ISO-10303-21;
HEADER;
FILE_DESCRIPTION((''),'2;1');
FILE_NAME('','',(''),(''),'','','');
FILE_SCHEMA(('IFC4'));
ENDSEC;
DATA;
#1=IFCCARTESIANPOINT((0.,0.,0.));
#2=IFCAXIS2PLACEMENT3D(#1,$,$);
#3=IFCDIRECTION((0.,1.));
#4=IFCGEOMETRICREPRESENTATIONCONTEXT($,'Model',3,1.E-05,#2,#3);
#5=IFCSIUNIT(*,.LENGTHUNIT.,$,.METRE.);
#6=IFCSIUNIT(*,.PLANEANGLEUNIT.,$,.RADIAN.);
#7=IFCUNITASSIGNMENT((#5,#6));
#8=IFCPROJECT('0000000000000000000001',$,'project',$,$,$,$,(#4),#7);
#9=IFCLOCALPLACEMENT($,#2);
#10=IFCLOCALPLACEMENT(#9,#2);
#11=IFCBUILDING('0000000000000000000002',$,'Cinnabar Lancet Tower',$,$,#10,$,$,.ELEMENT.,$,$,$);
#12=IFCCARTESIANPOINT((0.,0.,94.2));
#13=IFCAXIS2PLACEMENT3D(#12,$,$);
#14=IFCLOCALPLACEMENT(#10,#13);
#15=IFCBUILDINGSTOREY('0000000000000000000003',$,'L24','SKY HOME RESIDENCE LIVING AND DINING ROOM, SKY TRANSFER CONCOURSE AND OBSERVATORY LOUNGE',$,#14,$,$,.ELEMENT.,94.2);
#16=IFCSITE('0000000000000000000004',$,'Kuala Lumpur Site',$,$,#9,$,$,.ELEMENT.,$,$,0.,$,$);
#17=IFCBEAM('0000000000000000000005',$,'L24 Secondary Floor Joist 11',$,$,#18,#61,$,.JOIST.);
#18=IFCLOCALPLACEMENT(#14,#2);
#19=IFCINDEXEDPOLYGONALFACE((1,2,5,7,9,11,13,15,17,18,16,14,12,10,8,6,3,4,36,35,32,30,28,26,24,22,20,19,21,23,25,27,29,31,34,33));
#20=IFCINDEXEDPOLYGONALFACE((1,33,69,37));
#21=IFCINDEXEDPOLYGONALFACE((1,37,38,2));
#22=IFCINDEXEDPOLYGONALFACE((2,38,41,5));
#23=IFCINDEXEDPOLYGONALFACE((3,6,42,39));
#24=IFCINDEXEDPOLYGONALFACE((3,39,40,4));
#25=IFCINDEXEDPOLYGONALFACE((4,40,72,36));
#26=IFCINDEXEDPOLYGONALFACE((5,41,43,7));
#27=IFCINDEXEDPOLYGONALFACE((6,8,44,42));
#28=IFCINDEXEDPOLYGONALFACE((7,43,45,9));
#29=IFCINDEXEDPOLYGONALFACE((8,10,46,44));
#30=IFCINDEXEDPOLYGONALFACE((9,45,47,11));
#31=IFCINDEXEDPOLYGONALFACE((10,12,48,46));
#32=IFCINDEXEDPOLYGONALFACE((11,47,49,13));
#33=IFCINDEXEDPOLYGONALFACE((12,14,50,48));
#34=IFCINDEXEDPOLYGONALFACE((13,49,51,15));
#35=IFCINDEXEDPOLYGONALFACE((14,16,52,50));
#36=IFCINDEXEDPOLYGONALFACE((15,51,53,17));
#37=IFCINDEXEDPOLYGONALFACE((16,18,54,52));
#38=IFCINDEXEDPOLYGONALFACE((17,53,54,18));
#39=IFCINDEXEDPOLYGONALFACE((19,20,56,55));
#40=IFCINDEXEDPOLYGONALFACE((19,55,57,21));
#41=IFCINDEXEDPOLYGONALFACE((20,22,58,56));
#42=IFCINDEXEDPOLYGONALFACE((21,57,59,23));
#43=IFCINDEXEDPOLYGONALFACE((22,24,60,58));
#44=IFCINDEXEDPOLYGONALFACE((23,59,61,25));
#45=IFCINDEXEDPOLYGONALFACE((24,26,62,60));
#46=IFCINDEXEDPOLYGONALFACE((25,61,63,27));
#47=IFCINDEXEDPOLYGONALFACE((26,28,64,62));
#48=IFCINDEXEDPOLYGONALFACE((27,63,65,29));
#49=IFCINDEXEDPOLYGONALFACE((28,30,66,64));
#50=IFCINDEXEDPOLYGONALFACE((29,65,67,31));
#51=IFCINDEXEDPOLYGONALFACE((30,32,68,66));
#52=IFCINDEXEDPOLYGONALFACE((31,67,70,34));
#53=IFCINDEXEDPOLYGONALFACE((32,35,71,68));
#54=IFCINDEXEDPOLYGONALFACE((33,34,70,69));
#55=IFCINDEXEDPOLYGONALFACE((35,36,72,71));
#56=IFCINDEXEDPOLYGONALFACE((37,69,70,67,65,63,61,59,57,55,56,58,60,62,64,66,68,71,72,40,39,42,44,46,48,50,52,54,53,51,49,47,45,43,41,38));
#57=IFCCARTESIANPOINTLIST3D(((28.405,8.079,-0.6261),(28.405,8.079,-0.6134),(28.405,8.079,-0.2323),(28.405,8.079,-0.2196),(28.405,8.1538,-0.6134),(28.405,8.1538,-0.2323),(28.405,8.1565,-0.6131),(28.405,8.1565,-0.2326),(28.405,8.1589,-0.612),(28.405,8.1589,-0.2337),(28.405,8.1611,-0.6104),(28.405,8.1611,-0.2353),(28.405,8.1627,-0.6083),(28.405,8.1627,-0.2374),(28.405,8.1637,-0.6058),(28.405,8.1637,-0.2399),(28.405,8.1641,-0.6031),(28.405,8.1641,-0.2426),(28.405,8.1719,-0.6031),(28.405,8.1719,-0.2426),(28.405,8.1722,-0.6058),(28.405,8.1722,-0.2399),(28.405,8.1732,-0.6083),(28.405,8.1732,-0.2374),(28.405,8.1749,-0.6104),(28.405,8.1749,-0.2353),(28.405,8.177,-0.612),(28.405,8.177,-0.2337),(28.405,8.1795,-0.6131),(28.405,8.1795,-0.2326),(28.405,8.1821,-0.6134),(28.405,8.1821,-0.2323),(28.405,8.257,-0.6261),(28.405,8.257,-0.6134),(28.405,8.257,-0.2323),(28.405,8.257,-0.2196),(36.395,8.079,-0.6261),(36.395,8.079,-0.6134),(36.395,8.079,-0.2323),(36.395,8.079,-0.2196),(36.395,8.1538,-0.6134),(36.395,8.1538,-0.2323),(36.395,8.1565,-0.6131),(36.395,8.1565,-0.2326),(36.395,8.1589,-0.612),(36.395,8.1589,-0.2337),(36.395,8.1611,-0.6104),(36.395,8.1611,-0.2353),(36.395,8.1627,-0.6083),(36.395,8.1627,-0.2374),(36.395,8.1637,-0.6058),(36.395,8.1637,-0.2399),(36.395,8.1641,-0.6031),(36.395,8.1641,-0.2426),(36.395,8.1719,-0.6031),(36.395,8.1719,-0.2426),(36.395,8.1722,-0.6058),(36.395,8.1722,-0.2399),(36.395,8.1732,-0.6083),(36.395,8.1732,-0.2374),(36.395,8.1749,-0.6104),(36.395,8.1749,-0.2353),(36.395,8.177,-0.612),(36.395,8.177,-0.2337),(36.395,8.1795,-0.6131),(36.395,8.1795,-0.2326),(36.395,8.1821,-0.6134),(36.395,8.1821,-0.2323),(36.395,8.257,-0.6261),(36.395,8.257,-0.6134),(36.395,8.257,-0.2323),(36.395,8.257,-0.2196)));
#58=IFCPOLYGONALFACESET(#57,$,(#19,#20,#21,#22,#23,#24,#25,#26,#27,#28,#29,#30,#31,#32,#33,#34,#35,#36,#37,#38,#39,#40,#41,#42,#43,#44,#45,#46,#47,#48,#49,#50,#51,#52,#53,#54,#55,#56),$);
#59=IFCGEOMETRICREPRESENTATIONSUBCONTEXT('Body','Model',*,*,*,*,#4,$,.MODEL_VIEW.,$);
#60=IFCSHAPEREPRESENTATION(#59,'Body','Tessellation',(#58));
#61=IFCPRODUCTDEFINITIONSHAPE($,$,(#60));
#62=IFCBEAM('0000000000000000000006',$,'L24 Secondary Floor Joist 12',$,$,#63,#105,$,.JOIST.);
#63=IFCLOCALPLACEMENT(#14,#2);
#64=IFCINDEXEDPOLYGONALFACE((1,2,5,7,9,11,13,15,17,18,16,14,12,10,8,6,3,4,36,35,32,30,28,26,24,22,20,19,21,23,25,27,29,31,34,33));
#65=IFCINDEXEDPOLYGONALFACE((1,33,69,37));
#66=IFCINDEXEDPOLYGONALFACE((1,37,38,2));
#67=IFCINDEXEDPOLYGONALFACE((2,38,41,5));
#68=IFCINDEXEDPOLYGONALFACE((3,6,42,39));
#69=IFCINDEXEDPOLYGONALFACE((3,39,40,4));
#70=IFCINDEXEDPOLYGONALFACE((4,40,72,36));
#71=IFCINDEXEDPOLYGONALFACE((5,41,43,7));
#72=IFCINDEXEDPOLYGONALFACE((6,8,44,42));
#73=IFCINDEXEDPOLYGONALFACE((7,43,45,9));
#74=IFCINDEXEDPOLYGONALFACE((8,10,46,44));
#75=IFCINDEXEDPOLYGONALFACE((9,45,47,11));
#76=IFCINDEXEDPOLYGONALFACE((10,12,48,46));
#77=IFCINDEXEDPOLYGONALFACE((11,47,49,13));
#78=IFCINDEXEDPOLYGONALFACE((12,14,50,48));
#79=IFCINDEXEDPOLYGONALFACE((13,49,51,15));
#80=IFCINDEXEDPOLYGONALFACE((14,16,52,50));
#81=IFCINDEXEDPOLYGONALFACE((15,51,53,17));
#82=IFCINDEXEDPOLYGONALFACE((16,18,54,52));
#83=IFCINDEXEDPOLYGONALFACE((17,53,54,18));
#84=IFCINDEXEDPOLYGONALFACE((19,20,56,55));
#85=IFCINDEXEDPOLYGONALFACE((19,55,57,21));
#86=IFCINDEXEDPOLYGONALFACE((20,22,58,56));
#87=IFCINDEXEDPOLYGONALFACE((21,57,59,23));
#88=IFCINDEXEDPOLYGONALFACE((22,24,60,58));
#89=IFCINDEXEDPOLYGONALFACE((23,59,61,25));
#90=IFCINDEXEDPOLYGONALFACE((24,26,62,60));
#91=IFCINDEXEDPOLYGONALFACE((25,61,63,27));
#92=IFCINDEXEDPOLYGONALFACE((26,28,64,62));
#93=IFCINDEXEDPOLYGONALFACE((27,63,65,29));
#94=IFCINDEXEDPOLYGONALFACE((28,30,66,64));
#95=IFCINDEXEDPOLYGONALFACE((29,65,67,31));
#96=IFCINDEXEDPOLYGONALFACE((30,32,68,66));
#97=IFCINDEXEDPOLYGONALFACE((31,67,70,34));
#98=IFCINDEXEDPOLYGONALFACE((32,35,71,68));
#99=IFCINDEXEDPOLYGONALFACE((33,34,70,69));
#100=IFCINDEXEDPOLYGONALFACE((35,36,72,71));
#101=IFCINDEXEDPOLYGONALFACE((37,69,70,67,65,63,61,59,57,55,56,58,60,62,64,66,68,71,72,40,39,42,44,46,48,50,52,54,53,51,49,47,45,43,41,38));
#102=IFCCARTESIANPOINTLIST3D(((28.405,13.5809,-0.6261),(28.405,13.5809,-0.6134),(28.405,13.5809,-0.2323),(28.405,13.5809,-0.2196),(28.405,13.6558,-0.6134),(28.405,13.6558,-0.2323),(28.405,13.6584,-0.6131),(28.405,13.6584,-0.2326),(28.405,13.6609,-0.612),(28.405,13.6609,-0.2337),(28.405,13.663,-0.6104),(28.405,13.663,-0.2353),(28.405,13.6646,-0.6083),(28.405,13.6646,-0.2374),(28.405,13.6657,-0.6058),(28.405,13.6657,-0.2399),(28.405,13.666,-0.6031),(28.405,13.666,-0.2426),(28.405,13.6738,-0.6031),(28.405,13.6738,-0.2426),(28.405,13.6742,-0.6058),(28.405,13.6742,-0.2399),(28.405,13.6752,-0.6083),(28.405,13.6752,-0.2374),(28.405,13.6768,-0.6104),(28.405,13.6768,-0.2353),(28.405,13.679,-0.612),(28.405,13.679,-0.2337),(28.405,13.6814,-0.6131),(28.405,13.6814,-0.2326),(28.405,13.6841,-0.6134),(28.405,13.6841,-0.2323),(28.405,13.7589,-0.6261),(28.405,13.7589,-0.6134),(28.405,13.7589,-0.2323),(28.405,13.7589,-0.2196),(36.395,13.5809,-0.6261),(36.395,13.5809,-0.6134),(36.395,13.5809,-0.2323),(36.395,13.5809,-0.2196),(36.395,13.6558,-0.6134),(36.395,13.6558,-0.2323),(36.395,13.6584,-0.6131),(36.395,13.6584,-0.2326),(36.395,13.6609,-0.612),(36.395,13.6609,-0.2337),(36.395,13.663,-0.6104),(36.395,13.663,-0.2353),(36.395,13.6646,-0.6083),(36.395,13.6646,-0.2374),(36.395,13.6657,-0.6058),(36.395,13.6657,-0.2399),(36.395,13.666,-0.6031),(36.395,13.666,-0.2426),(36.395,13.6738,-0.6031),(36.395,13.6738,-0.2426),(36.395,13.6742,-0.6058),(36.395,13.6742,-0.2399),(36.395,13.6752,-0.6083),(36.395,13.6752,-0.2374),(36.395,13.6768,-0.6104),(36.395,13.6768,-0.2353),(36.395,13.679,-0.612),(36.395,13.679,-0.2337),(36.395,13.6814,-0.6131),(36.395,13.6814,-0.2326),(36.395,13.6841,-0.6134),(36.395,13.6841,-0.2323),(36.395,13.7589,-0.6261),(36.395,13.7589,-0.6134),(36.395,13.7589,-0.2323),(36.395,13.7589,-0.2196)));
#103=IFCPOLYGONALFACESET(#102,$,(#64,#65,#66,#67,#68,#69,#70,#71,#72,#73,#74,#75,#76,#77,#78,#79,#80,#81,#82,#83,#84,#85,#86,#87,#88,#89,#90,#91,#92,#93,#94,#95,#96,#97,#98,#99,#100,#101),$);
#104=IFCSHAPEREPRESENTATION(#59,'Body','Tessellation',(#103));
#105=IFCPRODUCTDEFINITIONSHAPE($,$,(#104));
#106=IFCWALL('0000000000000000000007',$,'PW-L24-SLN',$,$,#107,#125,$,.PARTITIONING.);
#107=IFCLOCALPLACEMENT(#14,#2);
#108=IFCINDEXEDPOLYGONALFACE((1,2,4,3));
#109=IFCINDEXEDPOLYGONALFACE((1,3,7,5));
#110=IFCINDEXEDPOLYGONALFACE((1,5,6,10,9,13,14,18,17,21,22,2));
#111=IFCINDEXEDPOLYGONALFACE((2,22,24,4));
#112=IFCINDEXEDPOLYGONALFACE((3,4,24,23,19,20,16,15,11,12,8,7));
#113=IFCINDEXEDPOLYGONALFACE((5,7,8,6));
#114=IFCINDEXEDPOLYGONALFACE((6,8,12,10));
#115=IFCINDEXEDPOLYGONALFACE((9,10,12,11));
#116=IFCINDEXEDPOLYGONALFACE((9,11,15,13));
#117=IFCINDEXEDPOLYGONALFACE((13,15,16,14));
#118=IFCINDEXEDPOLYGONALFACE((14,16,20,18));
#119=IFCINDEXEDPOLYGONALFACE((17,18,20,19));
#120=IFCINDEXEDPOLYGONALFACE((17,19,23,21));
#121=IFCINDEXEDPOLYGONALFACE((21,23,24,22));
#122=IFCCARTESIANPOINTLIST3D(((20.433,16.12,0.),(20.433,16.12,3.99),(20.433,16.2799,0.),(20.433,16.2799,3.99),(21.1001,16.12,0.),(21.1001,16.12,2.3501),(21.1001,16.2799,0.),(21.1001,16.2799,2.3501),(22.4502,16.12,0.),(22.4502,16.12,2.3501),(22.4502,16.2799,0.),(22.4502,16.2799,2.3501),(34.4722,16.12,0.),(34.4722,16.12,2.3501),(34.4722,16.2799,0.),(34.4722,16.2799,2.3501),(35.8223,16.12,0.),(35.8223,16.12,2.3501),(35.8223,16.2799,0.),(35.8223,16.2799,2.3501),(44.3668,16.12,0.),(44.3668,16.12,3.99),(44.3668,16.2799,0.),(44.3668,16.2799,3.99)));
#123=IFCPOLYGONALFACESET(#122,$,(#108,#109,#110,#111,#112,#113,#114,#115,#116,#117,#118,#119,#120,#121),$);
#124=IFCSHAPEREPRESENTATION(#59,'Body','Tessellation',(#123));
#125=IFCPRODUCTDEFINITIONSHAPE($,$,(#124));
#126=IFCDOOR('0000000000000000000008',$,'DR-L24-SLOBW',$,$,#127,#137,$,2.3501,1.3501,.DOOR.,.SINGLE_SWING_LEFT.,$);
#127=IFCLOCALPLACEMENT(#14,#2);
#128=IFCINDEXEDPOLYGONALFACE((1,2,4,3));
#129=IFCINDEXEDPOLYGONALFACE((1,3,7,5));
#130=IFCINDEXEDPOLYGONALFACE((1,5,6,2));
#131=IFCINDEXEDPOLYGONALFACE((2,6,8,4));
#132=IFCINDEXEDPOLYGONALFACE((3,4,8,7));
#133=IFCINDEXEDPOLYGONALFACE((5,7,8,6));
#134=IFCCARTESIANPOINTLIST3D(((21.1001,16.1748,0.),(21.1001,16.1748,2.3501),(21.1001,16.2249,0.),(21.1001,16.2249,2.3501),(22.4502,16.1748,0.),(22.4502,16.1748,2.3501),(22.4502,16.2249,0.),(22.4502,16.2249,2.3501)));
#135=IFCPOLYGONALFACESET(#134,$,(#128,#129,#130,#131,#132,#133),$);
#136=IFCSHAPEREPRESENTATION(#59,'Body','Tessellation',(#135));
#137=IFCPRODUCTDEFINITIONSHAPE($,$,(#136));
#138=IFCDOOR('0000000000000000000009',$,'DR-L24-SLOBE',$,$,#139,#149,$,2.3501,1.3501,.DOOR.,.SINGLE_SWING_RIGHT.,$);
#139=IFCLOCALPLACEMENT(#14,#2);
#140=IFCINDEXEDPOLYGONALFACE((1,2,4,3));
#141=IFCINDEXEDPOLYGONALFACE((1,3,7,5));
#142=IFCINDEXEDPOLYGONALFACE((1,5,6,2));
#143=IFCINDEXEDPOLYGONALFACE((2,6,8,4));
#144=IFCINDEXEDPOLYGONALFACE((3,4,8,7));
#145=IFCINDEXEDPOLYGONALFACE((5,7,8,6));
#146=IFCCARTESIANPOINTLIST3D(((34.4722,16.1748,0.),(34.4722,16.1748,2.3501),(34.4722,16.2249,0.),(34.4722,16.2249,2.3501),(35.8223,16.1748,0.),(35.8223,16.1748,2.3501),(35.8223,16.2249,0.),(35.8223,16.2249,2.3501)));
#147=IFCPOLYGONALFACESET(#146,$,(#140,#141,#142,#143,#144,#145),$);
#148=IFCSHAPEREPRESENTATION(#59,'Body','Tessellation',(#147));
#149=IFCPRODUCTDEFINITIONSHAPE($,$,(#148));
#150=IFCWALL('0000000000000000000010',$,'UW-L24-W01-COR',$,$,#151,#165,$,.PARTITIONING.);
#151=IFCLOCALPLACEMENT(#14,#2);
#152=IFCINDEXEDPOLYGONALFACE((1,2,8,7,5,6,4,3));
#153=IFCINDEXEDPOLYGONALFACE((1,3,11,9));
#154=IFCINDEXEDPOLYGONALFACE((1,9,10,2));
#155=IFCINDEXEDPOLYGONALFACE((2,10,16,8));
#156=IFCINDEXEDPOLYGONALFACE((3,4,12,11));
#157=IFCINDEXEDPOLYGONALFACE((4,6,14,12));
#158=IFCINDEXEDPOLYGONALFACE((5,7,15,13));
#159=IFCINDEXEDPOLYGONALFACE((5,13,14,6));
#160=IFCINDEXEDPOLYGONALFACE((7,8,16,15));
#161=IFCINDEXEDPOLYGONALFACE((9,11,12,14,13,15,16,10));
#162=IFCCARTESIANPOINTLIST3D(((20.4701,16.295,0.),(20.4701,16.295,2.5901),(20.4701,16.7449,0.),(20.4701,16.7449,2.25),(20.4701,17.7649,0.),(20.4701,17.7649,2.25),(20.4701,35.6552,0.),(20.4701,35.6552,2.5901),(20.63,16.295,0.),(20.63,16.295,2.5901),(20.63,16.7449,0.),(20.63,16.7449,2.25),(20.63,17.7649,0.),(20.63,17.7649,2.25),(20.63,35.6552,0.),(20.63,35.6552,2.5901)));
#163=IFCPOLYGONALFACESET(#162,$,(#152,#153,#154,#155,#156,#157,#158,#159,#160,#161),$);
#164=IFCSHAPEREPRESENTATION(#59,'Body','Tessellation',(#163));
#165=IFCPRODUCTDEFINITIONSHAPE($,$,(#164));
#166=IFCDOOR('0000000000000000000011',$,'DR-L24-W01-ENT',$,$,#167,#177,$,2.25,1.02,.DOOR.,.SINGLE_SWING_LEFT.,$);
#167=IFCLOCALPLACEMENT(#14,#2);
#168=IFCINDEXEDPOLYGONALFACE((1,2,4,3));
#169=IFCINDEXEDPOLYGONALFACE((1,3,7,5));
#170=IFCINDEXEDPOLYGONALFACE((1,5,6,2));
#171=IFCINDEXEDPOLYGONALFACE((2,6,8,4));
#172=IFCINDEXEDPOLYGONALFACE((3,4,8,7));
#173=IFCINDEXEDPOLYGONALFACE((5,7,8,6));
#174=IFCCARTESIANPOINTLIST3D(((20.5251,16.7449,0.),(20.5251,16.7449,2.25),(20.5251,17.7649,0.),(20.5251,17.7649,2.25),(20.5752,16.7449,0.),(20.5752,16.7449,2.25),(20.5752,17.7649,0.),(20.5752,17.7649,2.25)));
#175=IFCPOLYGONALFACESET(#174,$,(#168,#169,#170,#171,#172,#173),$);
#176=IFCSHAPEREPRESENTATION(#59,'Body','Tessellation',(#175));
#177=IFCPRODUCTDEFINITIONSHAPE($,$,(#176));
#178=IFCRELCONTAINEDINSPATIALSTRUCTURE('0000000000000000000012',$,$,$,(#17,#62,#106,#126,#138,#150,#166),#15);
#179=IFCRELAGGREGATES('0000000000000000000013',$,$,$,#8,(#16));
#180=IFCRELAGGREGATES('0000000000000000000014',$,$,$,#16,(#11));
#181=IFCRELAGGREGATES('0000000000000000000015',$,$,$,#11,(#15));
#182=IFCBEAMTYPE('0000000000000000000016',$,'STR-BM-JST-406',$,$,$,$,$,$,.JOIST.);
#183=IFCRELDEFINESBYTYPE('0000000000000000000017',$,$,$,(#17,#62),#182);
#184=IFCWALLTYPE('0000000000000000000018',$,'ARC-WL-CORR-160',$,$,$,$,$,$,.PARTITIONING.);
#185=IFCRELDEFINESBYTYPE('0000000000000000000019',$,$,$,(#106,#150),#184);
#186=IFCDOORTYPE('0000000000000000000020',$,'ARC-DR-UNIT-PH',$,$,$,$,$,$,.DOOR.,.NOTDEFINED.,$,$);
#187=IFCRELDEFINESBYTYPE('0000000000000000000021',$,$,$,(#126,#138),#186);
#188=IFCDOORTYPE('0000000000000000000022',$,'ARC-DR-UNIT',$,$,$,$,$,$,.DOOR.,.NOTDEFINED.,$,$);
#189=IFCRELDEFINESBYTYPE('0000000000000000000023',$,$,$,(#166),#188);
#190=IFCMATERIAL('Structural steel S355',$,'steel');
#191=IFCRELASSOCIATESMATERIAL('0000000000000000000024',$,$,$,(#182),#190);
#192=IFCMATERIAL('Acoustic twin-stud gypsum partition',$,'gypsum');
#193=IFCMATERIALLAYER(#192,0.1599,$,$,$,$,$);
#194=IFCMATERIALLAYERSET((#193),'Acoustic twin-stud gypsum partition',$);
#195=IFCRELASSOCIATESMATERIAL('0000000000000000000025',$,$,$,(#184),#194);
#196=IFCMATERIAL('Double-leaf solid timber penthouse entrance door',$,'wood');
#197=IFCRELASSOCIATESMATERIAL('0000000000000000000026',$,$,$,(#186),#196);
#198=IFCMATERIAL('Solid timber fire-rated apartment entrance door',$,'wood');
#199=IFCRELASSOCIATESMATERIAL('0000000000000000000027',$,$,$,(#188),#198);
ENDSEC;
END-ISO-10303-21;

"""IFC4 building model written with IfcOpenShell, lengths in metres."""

from ifc_helpers import new_model, si_unit, direction, frame, frame_2d, origin, origin_2d, place, context, subcontext, project, spatial, rectangle, i_section, extrude, material, layer, layer_set, material_profile, profile_set, type_object, element, fill, save


model = new_model("IFC4")

# Units and contexts
model_context = context("Model", 3, precision=1e-05, world=origin(), true_north=direction((0.0, 1.0)))
body_context = subcontext(model_context, "Body", "Model", "MODEL_VIEW")
ifc_project = project(units=[si_unit("LENGTHUNIT", "METRE"), si_unit("PLANEANGLEUNIT", "RADIAN")], contexts=[model_context])

# Site, building, storey
site_placement = place(None, origin())
site = spatial("IfcSite", under=ifc_project, at=site_placement, Name="Kuala Lumpur Site", CompositionType="ELEMENT", RefElevation=0.0)
building_placement = place(site_placement, origin())
building = spatial("IfcBuilding", under=site, at=building_placement, Name="Cinnabar Lancet Tower", CompositionType="ELEMENT")
storey_placement = place(building_placement, frame((0.0, 0.0, 94.2)))
storey = spatial("IfcBuildingStorey", under=building, at=storey_placement, Name="L24", Description="SKY HOME RESIDENCE LIVING AND DINING ROOM, SKY TRANSFER CONCOURSE AND OBSERVATORY LOUNGE", CompositionType="ELEMENT", Elevation=94.2)

# Beams
ifc_material_1 = material(Name="Structural steel S355", Category="steel")
ifc_material_profile_1 = material_profile(ifc_material_1, i_section(OverallWidth=0.178, OverallDepth=0.4065, WebThickness=0.0078, FlangeThickness=0.0127, FilletRadius=0.0103, at=origin_2d()), Name="UKB 406x178x60")
ifc_profile_set_1 = profile_set([ifc_material_profile_1], Name="Structural steel S355")
beam_type_1 = type_object("IfcBeamType", Name="STR-BM-JST-406", PredefinedType="JOIST", material=ifc_profile_set_1)
for number, where, z_axis, x_axis, name in (
    (1, (28.405, 8.168, -0.4229), (1.0, 0.0, 0.0), (0.0, 1.0, 0.0), "L24 Secondary Floor Joist 11"),
    (2, (28.405, 13.6699, -0.4229), (1.0, 0.0, 0.0), (0.0, 1.0, 0.0), "L24 Secondary Floor Joist 12"),
):
    element("IfcBeam", number, at=place(storey_placement, frame(where, z_axis=z_axis, x_axis=x_axis)), inside=storey, type_object=beam_type_1, Name=name, PredefinedType="JOIST", context=body_context, shape_type="SweptSolid", body=[
        extrude(i_section(OverallWidth=0.178, OverallDepth=0.4065, WebThickness=0.0078, FlangeThickness=0.0127, FilletRadius=0.0103, at=origin_2d()), origin(), (0.0, 0.0, 1.0), 7.99),
    ])

# Wall, openings, doors
ifc_material_2 = material(Name="Acoustic twin-stud gypsum partition", Category="gypsum")
ifc_layer_1 = layer(ifc_material_2, 0.1599)
ifc_layer_set_1 = layer_set([ifc_layer_1], Name="Acoustic twin-stud gypsum partition")
wall_type_1 = type_object("IfcWallType", Name="ARC-WL-CORR-160", PredefinedType="PARTITIONING", material=ifc_layer_set_1)
wall_1_placement = place(storey_placement, frame((20.4331, 16.2, 0.0), z_axis=(0.0, 0.0, 1.0), x_axis=(1.0, 0.0, 0.0)))
wall_1 = element("IfcWall", 3, at=wall_1_placement, inside=storey, type_object=wall_type_1, Name="PW-L24-SLN", PredefinedType="PARTITIONING", context=body_context, shape_type="SweptSolid", body=[
    extrude(rectangle(XDim=23.9338, YDim=0.1599, at=frame_2d((11.9668, 0.0))), origin(), (0.0, 0.0, 1.0), 3.99),
])
opening_1_placement = place(wall_1_placement, frame((0.667, 0.0, 0.0)))
opening_1 = element("IfcOpeningElement", 4, at=opening_1_placement, cuts=wall_1, PredefinedType="OPENING", context=body_context, shape_type="SweptSolid", body=[
    extrude(rectangle(XDim=1.3501, YDim=2.3501, at=frame_2d((0.675, 1.175))), frame((0.0, 0.0898, 0.0), z_axis=(0.0, -1.0, 0.0), x_axis=(1.0, 0.0, 0.0)), (0.0, 0.0, 1.0), 0.1799),
])
opening_2_placement = place(wall_1_placement, frame((14.0391, 0.0, 0.0)))
opening_2 = element("IfcOpeningElement", 5, at=opening_2_placement, cuts=wall_1, PredefinedType="OPENING", context=body_context, shape_type="SweptSolid", body=[
    extrude(rectangle(XDim=1.3501, YDim=2.3501, at=frame_2d((0.675, 1.175))), frame((0.0, 0.0898, 0.0), z_axis=(0.0, -1.0, 0.0), x_axis=(1.0, 0.0, 0.0)), (0.0, 0.0, 1.0), 0.1799),
])
ifc_material_3 = material(Name="Double-leaf solid timber penthouse entrance door", Category="wood")
door_type_1 = type_object("IfcDoorType", Name="ARC-DR-UNIT-PH", OperationType="NOTDEFINED", PredefinedType="DOOR", material=ifc_material_3)
door_1_placement = place(opening_1_placement, origin())
door_1 = element("IfcDoor", 6, at=door_1_placement, inside=storey, type_object=door_type_1, Name="DR-L24-SLOBW", OperationType="SINGLE_SWING_LEFT", OverallHeight=2.3501, OverallWidth=1.3501, PredefinedType="DOOR", context=body_context, shape_type="SweptSolid", body=[
    extrude(rectangle(XDim=1.3501, YDim=2.3501, at=frame_2d((0.675, 1.175))), frame((0.0, 0.0249, 0.0), z_axis=(0.0, -1.0, 0.0), x_axis=(1.0, 0.0, 0.0)), (0.0, 0.0, 1.0), 0.05),
])
fill(opening_1, door_1)
door_2_placement = place(opening_2_placement, origin())
door_2 = element("IfcDoor", 7, at=door_2_placement, inside=storey, type_object=door_type_1, Name="DR-L24-SLOBE", OperationType="SINGLE_SWING_RIGHT", OverallHeight=2.3501, OverallWidth=1.3501, PredefinedType="DOOR", context=body_context, shape_type="SweptSolid", body=[
    extrude(rectangle(XDim=1.3501, YDim=2.3501, at=frame_2d((0.675, 1.175))), frame((0.0, 0.0249, 0.0), z_axis=(0.0, -1.0, 0.0), x_axis=(1.0, 0.0, 0.0)), (0.0, 0.0, 1.0), 0.05),
])
fill(opening_2, door_2)

# Wall, opening, door
wall_2_placement = place(storey_placement, frame((20.55, 16.2949, 0.0), z_axis=(0.0, 0.0, 1.0), x_axis=(0.0, 1.0, 0.0)))
wall_2 = element("IfcWall", 8, at=wall_2_placement, inside=storey, type_object=wall_type_1, Name="UW-L24-W01-COR", PredefinedType="PARTITIONING", context=body_context, shape_type="SweptSolid", body=[
    extrude(rectangle(XDim=19.3601, YDim=0.1599, at=frame_2d((9.6802, 0.0))), origin(), (0.0, 0.0, 1.0), 2.5901),
])
opening_3_placement = place(wall_2_placement, frame((0.45, 0.0, 0.0)))
opening_3 = element("IfcOpeningElement", 9, at=opening_3_placement, cuts=wall_2, PredefinedType="OPENING", context=body_context, shape_type="SweptSolid", body=[
    extrude(rectangle(XDim=1.02, YDim=2.25, at=frame_2d((0.51, 1.125))), frame((0.0, 0.0898, 0.0), z_axis=(0.0, -1.0, 0.0), x_axis=(1.0, 0.0, 0.0)), (0.0, 0.0, 1.0), 0.1799),
])
ifc_material_4 = material(Name="Solid timber fire-rated apartment entrance door", Category="wood")
door_type_2 = type_object("IfcDoorType", Name="ARC-DR-UNIT", OperationType="NOTDEFINED", PredefinedType="DOOR", material=ifc_material_4)
door_3_placement = place(opening_3_placement, origin())
door_3 = element("IfcDoor", 10, at=door_3_placement, inside=storey, type_object=door_type_2, Name="DR-L24-W01-ENT", OperationType="SINGLE_SWING_LEFT", OverallHeight=2.25, OverallWidth=1.02, PredefinedType="DOOR", context=body_context, shape_type="SweptSolid", body=[
    extrude(rectangle(XDim=1.02, YDim=2.25, at=frame_2d((0.51, 1.125))), frame((0.0, 0.0249, 0.0), z_axis=(0.0, -1.0, 0.0), x_axis=(1.0, 0.0, 0.0)), (0.0, 0.0, 1.0), 0.05),
])
fill(opening_3, door_3)

save(model, "model.ifc")
